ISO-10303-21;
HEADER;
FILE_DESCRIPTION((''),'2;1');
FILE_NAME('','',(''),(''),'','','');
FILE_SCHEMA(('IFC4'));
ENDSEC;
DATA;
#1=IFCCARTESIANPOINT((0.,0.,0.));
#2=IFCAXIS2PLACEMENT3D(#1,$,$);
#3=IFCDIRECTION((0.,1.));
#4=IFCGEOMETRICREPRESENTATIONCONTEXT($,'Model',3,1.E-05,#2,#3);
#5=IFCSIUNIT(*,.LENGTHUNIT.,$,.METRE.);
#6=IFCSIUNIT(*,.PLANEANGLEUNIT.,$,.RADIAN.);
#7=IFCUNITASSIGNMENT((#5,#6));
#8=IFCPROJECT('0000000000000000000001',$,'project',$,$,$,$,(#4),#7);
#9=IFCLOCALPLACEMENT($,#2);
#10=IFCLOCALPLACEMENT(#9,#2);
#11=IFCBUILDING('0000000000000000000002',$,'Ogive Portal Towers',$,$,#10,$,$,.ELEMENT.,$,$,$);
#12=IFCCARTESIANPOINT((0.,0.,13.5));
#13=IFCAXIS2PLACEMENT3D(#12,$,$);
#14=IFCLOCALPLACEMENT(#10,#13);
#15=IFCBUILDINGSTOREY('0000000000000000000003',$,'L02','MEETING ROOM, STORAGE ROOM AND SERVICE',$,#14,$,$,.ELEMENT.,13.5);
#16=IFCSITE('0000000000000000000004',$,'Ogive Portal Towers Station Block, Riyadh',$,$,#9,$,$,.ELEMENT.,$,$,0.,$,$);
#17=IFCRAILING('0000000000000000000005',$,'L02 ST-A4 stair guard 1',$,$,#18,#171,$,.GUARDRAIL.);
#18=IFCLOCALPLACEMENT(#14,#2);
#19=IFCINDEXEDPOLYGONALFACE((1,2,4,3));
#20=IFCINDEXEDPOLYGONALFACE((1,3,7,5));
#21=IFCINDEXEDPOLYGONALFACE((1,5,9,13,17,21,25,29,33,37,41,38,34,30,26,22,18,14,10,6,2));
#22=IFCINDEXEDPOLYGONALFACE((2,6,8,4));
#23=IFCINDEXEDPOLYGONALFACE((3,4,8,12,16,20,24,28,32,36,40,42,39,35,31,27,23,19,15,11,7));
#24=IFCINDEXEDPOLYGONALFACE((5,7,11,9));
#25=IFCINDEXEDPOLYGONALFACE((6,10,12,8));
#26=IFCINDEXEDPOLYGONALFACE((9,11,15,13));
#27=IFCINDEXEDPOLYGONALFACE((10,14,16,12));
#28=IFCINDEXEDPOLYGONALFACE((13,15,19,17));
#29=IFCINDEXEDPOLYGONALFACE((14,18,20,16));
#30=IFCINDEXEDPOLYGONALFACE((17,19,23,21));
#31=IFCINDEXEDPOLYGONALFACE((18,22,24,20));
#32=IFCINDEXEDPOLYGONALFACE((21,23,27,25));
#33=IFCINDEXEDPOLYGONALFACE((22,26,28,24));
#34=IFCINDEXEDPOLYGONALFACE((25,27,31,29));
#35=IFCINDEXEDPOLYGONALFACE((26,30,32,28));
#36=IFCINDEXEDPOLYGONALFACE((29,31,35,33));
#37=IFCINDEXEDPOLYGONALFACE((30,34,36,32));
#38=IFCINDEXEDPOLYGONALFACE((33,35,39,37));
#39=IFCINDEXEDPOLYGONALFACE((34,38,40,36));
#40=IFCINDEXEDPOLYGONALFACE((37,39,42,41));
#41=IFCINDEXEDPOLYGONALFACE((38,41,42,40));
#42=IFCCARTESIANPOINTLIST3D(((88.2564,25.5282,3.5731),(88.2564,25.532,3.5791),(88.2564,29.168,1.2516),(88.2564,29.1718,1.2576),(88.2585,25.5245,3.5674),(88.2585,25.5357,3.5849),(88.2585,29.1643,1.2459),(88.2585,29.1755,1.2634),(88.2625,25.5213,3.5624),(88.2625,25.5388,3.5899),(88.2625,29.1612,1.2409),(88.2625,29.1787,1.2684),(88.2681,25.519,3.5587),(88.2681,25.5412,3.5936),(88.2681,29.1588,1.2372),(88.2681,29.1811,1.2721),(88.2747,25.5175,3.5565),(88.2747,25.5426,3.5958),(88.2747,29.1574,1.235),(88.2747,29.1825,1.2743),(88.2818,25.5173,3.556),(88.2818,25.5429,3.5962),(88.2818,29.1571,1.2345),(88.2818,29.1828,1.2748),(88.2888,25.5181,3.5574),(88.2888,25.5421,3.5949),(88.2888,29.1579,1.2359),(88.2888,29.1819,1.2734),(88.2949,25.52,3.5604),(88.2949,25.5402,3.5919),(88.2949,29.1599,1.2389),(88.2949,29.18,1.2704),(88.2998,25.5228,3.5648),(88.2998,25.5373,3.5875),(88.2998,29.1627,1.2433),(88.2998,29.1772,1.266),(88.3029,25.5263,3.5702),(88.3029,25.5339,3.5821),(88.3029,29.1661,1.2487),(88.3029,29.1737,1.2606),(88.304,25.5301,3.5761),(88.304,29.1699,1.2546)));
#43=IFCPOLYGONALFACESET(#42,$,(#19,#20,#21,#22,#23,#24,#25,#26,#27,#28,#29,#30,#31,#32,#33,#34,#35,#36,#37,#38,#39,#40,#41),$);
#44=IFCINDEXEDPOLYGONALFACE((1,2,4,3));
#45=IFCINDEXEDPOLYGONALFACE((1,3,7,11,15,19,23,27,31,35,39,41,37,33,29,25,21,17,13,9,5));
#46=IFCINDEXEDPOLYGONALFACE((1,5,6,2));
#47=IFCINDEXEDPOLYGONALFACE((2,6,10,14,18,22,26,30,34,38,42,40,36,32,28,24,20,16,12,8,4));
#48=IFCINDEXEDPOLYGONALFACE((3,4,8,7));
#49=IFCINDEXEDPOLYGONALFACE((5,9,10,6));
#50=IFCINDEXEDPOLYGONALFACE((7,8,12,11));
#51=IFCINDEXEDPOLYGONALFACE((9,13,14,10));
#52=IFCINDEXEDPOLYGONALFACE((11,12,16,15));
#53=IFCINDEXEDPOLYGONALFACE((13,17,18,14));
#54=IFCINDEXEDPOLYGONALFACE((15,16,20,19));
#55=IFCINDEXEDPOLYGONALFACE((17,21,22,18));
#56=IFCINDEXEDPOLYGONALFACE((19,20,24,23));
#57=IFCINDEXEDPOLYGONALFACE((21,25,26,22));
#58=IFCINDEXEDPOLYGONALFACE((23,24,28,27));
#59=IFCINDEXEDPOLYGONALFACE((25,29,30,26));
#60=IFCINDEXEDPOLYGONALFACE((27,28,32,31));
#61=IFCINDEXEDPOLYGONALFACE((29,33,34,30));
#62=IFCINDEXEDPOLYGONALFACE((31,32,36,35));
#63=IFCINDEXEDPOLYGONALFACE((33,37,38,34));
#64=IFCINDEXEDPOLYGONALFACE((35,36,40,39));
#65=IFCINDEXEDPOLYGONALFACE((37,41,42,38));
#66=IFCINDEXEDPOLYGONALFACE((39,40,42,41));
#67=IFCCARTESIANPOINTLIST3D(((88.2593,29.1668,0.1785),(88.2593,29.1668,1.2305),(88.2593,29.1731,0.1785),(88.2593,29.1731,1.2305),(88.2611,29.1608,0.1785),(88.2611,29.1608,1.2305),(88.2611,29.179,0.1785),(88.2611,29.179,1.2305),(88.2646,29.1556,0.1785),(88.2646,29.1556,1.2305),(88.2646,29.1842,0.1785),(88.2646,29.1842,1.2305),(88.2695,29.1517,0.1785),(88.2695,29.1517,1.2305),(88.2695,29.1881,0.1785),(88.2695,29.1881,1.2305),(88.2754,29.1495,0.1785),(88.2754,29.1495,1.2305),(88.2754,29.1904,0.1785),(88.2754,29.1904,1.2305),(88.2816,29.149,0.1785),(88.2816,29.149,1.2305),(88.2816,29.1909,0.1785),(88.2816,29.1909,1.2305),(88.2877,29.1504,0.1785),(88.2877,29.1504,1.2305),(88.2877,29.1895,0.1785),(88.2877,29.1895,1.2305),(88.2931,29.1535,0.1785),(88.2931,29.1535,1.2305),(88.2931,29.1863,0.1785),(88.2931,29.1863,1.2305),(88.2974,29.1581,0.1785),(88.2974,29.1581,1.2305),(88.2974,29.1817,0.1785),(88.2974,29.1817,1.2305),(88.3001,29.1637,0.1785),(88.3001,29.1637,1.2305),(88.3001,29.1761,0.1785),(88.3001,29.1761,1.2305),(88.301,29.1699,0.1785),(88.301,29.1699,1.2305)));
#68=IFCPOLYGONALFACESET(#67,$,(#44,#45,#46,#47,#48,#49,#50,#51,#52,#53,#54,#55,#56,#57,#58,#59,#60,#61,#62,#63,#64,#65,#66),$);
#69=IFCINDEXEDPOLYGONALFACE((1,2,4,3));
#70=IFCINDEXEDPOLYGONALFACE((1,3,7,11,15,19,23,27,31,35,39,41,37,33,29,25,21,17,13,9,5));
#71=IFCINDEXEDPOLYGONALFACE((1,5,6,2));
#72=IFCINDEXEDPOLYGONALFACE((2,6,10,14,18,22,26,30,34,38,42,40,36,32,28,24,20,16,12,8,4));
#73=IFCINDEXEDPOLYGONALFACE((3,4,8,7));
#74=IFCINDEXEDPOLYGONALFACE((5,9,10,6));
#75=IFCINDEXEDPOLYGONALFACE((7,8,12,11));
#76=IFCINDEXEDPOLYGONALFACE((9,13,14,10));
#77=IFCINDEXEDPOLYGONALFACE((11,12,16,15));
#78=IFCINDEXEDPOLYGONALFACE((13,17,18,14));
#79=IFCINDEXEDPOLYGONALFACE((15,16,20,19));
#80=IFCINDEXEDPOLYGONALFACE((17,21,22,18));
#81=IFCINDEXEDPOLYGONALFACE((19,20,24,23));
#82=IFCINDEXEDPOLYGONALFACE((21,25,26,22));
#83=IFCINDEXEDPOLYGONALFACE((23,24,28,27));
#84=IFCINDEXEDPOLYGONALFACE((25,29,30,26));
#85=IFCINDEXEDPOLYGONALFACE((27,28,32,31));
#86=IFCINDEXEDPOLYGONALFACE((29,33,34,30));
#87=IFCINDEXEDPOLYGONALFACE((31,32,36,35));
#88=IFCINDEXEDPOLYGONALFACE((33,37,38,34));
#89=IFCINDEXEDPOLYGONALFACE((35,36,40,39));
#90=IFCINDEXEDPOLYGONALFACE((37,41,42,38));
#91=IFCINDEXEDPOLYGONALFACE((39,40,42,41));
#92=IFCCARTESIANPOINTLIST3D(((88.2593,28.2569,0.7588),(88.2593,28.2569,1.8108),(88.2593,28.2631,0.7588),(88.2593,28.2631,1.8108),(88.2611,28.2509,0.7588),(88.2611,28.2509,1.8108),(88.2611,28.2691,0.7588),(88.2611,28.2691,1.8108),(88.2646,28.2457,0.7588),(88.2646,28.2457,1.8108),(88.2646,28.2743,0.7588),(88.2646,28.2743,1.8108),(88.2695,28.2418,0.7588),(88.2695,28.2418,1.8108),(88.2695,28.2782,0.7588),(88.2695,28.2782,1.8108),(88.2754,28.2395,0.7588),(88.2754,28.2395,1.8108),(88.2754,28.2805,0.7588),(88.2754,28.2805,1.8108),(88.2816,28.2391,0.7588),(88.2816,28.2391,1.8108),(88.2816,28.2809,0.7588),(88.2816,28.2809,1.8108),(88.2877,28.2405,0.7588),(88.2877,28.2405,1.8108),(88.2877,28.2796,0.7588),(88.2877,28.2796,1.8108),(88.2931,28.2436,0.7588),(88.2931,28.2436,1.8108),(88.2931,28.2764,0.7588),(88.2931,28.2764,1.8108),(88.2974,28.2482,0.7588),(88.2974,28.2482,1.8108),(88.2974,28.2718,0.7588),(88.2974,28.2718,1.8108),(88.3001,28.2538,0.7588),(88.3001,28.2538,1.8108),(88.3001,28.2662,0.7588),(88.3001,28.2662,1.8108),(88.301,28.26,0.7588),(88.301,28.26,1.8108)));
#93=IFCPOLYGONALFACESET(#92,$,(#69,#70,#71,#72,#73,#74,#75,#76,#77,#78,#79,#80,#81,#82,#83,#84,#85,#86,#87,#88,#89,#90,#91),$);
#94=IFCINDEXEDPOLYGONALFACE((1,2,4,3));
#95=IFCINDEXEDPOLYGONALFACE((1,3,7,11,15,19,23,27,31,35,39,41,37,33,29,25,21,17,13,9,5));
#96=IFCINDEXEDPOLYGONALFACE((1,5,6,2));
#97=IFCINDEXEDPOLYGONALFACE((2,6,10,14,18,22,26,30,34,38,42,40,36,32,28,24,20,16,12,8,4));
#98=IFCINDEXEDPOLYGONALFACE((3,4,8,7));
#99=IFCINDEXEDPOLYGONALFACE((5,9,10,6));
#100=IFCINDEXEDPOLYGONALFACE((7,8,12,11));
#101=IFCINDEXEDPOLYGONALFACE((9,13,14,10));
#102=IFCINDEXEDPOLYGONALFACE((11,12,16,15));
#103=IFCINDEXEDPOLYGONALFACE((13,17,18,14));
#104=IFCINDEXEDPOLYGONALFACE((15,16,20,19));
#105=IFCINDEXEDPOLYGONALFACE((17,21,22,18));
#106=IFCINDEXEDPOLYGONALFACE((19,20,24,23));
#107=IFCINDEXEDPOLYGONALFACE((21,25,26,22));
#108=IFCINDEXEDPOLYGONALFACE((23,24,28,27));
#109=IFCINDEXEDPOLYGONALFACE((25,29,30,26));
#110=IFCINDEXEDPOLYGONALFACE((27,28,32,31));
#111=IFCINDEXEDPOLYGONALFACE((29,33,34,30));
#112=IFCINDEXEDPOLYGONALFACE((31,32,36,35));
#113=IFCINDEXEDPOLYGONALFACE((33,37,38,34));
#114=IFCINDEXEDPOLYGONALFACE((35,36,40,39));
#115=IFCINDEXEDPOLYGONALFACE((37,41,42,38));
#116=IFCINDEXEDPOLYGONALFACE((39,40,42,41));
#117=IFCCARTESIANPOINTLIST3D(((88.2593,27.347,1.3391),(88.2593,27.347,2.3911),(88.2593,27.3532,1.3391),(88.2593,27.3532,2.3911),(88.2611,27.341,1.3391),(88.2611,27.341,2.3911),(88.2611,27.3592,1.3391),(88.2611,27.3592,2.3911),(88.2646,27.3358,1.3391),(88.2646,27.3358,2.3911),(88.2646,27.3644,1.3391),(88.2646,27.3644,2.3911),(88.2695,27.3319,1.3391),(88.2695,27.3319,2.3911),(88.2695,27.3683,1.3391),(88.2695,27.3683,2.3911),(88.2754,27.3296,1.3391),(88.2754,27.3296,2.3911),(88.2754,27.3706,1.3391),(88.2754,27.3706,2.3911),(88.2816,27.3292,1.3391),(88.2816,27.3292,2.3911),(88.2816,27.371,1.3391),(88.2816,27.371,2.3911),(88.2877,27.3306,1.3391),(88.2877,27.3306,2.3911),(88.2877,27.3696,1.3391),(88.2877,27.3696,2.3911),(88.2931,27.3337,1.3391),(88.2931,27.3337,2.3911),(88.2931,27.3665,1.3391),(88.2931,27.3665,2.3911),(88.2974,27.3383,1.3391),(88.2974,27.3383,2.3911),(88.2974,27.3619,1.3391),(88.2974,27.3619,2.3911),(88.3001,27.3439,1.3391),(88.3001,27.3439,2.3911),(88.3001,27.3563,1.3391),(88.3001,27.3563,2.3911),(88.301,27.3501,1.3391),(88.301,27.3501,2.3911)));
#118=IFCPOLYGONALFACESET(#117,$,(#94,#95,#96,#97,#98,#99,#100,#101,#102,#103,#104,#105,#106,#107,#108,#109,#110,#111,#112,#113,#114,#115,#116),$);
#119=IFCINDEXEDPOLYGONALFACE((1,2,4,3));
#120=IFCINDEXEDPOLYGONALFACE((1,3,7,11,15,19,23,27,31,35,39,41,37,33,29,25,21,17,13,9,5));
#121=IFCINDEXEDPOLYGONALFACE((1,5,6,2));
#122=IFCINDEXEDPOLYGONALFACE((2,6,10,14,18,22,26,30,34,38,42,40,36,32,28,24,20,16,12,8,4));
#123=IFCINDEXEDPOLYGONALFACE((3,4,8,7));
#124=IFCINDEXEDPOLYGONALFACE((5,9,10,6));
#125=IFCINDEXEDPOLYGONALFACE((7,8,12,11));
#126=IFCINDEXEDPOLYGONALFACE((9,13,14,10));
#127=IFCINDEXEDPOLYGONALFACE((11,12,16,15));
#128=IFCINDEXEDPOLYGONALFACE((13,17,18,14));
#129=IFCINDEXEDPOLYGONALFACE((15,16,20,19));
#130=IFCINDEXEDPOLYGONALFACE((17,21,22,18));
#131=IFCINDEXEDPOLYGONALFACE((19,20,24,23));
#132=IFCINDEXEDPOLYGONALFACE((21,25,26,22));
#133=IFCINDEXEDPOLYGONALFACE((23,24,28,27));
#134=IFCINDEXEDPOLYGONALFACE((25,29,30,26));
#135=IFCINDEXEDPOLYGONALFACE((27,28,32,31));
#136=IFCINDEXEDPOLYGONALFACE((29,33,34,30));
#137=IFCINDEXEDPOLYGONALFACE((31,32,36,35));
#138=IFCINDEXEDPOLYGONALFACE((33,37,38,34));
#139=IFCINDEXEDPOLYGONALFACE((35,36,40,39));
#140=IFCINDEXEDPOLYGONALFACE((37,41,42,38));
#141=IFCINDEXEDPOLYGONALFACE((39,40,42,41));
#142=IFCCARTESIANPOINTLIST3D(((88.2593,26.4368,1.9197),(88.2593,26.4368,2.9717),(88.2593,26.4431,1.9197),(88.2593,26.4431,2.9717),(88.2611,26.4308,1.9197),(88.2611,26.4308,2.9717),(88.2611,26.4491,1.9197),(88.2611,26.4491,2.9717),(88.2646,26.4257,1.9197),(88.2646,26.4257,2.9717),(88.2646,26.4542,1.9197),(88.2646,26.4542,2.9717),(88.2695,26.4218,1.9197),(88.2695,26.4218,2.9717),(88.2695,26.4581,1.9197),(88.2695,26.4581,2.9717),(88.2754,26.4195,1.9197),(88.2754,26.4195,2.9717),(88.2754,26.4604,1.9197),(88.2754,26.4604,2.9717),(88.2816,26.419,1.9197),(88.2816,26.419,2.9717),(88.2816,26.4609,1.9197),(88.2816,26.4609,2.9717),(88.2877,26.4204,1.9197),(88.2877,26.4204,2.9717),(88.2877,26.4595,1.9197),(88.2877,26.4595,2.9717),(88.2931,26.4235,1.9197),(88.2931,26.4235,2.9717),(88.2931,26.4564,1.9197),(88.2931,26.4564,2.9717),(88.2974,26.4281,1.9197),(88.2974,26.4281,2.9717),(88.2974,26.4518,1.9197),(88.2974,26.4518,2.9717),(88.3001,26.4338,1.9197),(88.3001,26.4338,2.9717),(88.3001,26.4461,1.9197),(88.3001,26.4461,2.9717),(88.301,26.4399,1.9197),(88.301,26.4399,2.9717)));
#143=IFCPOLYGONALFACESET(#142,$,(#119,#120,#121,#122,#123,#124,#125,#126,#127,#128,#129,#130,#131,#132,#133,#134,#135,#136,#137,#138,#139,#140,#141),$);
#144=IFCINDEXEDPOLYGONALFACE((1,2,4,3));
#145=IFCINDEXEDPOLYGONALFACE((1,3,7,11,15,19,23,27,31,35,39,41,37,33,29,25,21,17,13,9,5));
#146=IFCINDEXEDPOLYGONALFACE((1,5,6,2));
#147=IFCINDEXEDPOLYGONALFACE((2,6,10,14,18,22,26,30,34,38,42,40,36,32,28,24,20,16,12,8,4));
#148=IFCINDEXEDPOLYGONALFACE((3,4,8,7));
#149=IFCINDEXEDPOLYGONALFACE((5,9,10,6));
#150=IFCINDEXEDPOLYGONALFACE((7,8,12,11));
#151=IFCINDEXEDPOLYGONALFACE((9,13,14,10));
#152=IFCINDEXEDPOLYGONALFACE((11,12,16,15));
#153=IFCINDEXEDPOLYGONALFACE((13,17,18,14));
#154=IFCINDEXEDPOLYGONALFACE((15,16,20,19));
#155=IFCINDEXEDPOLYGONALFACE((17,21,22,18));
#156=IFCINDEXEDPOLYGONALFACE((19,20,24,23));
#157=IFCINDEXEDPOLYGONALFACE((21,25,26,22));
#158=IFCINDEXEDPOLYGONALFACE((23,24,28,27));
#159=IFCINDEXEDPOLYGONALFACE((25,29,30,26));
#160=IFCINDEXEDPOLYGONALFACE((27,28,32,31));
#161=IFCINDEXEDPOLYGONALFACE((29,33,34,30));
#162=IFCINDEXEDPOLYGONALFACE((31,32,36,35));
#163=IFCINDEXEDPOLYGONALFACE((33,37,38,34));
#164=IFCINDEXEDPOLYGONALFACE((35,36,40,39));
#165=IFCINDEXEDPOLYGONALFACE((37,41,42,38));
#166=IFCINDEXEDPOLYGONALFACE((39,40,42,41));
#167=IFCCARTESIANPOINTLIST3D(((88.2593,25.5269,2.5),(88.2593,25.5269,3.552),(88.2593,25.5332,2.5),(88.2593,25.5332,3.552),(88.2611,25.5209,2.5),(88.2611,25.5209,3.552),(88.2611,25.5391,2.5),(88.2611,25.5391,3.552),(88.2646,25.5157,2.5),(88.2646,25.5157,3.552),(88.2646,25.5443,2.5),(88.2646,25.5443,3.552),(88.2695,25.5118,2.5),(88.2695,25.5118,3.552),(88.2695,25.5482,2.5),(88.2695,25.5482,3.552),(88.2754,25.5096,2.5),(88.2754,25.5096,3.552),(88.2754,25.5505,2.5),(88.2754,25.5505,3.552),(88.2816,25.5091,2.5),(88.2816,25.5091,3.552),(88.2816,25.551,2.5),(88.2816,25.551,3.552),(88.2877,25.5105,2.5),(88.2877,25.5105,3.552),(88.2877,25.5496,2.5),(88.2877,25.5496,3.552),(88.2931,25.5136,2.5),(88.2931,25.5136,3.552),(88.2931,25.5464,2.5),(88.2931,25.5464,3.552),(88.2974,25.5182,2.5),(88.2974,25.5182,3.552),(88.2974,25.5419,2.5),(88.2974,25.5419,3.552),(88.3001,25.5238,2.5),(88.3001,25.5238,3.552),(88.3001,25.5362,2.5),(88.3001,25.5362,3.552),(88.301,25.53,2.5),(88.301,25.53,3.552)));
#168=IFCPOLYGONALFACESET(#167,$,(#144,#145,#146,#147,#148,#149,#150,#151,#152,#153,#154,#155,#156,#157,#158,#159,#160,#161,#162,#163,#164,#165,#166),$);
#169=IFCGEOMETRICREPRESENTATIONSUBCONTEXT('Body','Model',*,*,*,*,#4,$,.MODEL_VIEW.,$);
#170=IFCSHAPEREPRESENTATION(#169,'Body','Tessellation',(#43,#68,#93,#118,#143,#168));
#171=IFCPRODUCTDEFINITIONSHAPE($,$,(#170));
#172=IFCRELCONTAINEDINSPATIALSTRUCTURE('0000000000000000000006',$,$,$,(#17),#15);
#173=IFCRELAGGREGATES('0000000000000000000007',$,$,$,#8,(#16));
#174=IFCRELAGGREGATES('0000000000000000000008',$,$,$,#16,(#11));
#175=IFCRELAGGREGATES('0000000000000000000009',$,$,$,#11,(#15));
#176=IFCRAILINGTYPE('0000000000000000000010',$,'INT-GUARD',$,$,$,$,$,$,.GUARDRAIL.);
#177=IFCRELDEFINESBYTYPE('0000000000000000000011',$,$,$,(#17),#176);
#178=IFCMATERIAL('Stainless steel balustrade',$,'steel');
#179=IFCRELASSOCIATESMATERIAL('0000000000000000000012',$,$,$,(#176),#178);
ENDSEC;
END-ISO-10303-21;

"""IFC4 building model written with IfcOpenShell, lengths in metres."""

from ifc_helpers import new_model, si_unit, direction, frame, origin, origin_2d, place, context, subcontext, project, spatial, circle, extrude, material, type_object, element, save


model = new_model("IFC4")

# Units and contexts
model_context = context("Model", 3, precision=1e-05, world=origin(), true_north=direction((0.0, 1.0)))
body_context = subcontext(model_context, "Body", "Model", "MODEL_VIEW")
ifc_project = project(units=[si_unit("LENGTHUNIT", "METRE"), si_unit("PLANEANGLEUNIT", "RADIAN")], contexts=[model_context])

# Site, building, storey
site_placement = place(None, origin())
site = spatial("IfcSite", under=ifc_project, at=site_placement, Name="Ogive Portal Towers Station Block, Riyadh", CompositionType="ELEMENT", RefElevation=0.0)
building_placement = place(site_placement, origin())
building = spatial("IfcBuilding", under=site, at=building_placement, Name="Ogive Portal Towers", CompositionType="ELEMENT")
storey_placement = place(building_placement, frame((0.0, 0.0, 13.5)))
storey = spatial("IfcBuildingStorey", under=building, at=storey_placement, Name="L02", Description="MEETING ROOM, STORAGE ROOM AND SERVICE", CompositionType="ELEMENT", Elevation=13.5)

# Railing
ifc_material_1 = material(Name="Stainless steel balustrade", Category="steel")
railing_type_1 = type_object("IfcRailingType", Name="INT-GUARD", PredefinedType="GUARDRAIL", material=ifc_material_1)
railing_1_placement = place(storey_placement, frame((88.28, 29.1699, 0.1785)))
element("IfcRailing", 1, at=railing_1_placement, inside=storey, type_object=railing_type_1, Name="L02 ST-A4 stair guard 1", PredefinedType="GUARDRAIL", context=body_context, shape_type="SweptSolid", body=[
    extrude(circle(Radius=0.0239, at=origin_2d()), frame((0.0, 0.0, 1.0762), z_axis=(0.0, -0.843112, 0.537739), x_axis=(1.0, 0.0, 0.0)), (0.0, 0.0, 1.0), 4.3171),
    extrude(circle(Radius=0.021, at=origin_2d()), origin(), (0.0, 0.0, 1.0), 1.052),
    extrude(circle(Radius=0.021, at=origin_2d()), frame((0.0, -0.9099, 0.5803)), (0.0, 0.0, 1.0), 1.052),
    extrude(circle(Radius=0.021, at=origin_2d()), frame((0.0, -1.8198, 1.1606)), (0.0, 0.0, 1.0), 1.052),
    extrude(circle(Radius=0.021, at=origin_2d()), frame((0.0, -2.73, 1.7412)), (0.0, 0.0, 1.0), 1.052),
    extrude(circle(Radius=0.021, at=origin_2d()), frame((0.0, -3.6399, 2.3215)), (0.0, 0.0, 1.0), 1.052),
])

save(model, "model.ifc")
